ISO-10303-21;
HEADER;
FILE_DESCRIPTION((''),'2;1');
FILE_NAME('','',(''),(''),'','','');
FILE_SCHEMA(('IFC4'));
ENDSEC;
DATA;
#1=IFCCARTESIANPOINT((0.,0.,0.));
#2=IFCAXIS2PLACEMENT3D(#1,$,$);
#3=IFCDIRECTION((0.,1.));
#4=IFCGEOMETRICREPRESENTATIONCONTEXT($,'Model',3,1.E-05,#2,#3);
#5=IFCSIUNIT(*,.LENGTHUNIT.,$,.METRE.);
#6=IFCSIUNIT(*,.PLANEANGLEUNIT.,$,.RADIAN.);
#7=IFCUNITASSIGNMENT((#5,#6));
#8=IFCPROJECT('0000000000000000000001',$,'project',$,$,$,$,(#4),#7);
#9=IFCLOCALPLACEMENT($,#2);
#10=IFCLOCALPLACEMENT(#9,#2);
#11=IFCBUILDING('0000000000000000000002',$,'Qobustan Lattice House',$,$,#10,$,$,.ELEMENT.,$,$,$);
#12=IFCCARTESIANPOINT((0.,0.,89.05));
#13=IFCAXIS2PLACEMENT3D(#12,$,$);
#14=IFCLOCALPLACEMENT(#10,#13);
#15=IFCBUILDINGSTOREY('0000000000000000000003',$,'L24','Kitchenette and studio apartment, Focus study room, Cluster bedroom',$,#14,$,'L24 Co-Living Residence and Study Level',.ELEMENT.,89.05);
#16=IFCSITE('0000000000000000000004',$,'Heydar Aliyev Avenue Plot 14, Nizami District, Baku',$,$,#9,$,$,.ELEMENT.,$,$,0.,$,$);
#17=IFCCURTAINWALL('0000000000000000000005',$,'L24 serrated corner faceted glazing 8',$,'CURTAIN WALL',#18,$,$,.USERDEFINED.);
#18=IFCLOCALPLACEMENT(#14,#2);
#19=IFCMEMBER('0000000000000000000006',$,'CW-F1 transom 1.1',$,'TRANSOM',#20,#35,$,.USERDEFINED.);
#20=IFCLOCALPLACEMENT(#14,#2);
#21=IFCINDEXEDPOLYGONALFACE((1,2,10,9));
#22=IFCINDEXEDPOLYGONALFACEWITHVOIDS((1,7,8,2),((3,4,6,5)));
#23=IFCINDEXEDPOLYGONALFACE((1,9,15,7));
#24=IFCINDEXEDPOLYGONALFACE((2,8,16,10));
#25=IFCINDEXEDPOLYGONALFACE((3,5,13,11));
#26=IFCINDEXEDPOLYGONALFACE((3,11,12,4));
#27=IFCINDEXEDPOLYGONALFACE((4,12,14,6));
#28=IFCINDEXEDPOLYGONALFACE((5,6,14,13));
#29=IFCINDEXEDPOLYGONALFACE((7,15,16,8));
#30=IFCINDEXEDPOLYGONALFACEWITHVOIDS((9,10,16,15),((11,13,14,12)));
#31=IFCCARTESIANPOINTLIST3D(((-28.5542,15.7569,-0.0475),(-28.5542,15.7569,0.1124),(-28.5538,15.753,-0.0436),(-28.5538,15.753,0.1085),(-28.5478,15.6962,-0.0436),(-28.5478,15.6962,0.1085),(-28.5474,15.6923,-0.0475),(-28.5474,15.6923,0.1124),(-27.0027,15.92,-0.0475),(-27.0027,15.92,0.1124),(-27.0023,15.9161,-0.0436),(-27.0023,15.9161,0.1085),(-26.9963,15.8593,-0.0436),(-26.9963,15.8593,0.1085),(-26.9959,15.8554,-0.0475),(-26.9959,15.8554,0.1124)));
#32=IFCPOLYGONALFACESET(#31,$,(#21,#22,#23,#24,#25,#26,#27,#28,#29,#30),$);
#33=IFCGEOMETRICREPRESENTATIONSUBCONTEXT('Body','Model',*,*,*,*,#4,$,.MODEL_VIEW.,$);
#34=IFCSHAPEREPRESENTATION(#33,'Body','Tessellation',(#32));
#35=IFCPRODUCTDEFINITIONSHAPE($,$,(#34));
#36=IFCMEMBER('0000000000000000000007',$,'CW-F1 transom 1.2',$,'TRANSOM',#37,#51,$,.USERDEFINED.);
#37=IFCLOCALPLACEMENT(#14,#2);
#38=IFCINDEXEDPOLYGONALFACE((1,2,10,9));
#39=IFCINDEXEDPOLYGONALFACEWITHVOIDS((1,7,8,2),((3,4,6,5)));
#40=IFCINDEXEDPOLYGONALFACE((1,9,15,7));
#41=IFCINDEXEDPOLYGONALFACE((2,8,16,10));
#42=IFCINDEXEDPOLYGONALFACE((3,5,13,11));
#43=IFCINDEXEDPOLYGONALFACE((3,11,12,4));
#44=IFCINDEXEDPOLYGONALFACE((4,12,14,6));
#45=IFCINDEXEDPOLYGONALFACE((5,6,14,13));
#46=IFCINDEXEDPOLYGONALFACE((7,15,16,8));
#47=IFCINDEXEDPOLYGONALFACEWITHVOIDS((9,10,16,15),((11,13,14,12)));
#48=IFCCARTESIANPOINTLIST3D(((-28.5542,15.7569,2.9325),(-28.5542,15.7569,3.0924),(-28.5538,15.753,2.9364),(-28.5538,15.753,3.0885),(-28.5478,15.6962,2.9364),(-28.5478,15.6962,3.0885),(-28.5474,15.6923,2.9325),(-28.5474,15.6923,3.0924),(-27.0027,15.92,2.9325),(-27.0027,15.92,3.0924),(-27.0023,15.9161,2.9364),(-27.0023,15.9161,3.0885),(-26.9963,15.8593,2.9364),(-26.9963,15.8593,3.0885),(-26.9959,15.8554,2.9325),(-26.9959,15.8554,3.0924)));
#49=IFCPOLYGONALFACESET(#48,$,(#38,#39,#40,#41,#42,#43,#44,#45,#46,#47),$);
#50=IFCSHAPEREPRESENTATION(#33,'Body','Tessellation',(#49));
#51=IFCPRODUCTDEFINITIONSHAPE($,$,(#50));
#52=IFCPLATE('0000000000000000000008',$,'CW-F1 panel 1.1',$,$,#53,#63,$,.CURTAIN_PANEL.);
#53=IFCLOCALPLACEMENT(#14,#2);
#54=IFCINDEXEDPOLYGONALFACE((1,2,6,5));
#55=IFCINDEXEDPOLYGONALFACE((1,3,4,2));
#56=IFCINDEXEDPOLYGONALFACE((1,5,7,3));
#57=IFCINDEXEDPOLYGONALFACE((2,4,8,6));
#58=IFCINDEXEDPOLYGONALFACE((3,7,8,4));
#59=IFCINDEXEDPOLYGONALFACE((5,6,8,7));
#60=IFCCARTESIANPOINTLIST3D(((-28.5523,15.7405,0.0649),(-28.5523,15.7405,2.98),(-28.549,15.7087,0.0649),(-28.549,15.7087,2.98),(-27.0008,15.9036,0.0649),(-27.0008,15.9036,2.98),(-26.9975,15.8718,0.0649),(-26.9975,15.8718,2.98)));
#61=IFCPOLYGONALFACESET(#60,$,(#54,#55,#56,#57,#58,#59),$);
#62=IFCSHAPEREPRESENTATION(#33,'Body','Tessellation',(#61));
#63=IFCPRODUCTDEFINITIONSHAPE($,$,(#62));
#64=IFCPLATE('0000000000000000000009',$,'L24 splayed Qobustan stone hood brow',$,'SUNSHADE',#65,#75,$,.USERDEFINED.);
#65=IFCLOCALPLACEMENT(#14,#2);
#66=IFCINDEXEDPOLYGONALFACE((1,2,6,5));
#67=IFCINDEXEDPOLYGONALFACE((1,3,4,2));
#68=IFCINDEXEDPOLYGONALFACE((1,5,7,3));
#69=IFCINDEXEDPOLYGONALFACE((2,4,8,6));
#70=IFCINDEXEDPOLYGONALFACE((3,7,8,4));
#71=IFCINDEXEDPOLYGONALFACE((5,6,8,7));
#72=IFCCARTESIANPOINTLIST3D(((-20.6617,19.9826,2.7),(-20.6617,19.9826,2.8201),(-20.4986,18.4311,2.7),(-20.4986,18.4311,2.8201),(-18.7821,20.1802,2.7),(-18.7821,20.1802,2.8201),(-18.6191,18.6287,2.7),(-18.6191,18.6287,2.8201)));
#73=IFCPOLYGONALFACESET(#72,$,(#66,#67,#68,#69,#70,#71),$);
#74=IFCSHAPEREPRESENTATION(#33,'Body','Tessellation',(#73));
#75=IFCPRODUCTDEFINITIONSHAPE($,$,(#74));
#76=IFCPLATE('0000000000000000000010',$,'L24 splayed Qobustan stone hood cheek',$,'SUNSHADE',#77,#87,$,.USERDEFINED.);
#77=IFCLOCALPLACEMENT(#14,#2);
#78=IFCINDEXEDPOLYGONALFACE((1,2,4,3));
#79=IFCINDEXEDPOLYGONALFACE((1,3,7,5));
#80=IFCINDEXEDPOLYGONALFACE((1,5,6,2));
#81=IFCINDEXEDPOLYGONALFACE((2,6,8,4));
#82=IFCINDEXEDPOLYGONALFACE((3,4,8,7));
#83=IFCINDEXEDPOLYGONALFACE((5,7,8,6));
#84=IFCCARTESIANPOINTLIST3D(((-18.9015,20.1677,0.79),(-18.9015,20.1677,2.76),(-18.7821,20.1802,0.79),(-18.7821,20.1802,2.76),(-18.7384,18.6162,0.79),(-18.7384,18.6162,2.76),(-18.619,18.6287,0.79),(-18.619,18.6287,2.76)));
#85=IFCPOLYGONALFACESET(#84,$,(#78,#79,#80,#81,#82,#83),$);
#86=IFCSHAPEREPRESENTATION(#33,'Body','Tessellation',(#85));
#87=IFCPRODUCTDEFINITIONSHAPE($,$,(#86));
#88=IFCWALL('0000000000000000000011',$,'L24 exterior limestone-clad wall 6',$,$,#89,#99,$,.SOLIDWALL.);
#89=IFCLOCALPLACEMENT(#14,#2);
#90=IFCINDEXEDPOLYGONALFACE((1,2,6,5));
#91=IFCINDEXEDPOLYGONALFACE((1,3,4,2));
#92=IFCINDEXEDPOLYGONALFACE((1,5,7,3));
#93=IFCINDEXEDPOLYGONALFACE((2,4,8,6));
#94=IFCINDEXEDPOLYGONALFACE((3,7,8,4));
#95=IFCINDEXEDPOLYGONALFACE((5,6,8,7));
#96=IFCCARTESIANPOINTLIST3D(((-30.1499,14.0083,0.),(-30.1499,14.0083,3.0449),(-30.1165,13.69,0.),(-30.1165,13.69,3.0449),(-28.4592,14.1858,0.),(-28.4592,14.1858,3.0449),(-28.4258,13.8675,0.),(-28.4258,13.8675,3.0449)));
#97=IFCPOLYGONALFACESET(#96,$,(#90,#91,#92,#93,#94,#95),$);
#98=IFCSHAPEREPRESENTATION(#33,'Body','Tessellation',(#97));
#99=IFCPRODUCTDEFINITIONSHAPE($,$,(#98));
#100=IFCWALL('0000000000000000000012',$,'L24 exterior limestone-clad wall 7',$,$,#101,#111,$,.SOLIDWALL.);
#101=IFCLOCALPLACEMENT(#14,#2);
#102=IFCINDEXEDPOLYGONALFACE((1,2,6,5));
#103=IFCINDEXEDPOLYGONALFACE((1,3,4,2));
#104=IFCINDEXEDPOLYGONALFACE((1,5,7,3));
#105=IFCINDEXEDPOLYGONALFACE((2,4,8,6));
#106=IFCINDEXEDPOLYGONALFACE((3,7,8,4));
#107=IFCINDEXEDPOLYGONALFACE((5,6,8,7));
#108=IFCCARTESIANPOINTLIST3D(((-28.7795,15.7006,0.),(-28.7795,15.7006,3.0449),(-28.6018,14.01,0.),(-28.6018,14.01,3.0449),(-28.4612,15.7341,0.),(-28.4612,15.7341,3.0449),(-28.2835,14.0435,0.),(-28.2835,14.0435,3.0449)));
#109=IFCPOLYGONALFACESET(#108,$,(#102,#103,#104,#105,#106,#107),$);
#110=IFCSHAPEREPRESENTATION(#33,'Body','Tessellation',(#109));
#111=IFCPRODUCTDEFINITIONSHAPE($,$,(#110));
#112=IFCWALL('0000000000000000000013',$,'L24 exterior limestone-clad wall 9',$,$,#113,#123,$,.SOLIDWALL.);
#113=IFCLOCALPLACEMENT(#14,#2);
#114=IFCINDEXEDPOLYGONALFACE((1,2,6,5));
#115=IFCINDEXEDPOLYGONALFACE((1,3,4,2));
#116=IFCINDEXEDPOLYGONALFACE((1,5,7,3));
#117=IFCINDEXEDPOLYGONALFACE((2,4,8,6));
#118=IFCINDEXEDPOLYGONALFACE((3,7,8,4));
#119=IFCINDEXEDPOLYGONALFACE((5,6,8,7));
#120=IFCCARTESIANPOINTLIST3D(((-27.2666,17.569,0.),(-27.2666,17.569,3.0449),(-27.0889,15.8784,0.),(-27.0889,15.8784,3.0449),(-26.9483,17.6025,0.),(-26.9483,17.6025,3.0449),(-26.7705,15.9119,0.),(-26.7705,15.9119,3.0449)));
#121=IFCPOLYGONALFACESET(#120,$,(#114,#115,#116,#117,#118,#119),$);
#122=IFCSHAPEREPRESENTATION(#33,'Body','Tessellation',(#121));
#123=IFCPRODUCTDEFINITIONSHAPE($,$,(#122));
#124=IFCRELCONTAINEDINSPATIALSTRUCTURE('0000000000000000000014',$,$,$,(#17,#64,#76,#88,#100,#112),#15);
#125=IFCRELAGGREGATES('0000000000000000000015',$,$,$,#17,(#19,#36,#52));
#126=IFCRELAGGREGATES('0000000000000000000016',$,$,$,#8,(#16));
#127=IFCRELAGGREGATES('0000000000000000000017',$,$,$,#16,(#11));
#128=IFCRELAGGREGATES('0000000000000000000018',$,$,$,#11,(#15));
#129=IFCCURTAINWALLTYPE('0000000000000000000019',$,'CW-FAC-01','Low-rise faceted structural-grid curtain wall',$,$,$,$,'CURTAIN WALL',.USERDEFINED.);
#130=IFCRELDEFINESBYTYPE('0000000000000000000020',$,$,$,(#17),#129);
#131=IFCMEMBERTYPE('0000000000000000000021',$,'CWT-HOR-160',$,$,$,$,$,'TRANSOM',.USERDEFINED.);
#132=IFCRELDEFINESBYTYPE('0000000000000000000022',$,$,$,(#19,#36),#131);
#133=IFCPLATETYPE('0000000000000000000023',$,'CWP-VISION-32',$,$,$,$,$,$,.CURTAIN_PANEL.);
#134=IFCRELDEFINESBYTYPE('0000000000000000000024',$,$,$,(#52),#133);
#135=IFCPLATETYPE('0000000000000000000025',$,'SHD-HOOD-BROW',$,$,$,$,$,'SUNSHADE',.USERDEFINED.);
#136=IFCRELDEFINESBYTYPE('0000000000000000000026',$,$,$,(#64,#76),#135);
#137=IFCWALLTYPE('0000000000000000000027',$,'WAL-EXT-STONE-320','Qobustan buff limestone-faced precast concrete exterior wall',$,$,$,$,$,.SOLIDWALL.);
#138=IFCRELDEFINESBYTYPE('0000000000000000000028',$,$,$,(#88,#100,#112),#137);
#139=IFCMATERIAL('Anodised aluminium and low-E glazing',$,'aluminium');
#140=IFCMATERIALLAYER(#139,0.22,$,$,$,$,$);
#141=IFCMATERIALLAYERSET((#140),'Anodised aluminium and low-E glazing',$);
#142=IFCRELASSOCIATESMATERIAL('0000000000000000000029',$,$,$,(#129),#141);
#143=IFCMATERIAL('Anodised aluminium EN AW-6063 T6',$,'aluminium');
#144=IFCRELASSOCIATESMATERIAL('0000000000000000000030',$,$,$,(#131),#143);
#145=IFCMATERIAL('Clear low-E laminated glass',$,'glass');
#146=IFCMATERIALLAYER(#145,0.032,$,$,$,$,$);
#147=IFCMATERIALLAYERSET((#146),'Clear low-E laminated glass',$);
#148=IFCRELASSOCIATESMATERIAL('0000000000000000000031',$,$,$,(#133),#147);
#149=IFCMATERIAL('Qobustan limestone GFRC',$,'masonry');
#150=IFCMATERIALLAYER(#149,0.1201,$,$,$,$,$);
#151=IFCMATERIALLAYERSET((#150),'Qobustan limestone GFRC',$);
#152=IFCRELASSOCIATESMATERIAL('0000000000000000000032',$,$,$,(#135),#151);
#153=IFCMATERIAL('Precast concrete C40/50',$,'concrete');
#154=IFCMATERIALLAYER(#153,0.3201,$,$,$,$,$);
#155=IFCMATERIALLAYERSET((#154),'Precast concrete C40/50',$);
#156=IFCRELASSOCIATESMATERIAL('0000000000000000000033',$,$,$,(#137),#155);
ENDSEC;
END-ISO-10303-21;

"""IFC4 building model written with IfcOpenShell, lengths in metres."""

from ifc_helpers import new_model, si_unit, direction, frame, frame_2d, origin, origin_2d, place, context, subcontext, project, spatial, rectangle, hollow_rectangle, extrude, material, layer, layer_set, material_profile, profile_set, type_object, element, aggregate, save


model = new_model("IFC4")

# Units and contexts
model_context = context("Model", 3, precision=1e-05, world=origin(), true_north=direction((0.0, 1.0)))
body_context = subcontext(model_context, "Body", "Model", "MODEL_VIEW")
ifc_project = project(units=[si_unit("LENGTHUNIT", "METRE"), si_unit("PLANEANGLEUNIT", "RADIAN")], contexts=[model_context])

# Site, building, storey
site_placement = place(None, origin())
site = spatial("IfcSite", under=ifc_project, at=site_placement, Name="Heydar Aliyev Avenue Plot 14, Nizami District, Baku", CompositionType="ELEMENT", RefElevation=0.0)
building_placement = place(site_placement, origin())
building = spatial("IfcBuilding", under=site, at=building_placement, Name="Qobustan Lattice House", CompositionType="ELEMENT")
storey_placement = place(building_placement, frame((0.0, 0.0, 89.05)))
storey = spatial("IfcBuildingStorey", under=building, at=storey_placement, Name="L24", Description="Kitchenette and studio apartment, Focus study room, Cluster bedroom", LongName="L24 Co-Living Residence and Study Level", CompositionType="ELEMENT", Elevation=89.05)

# Curtain wall, members, plate
ifc_material_1 = material(Name="Anodised aluminium and low-E glazing", Category="aluminium")
ifc_layer_1 = layer(ifc_material_1, 0.22)
ifc_layer_set_1 = layer_set([ifc_layer_1], Name="Anodised aluminium and low-E glazing")
curtain_wall_type = type_object("IfcCurtainWallType", Name="CW-FAC-01", Description="Low-rise faceted structural-grid curtain wall", ElementType="CURTAIN WALL", PredefinedType="USERDEFINED", material=ifc_layer_set_1)
curtain_wall_placement = place(storey_placement, origin())
curtain_wall = element("IfcCurtainWall", 1, at=curtain_wall_placement, inside=storey, type_object=curtain_wall_type, Name="L24 serrated corner faceted glazing 8", ObjectType="CURTAIN WALL", PredefinedType="USERDEFINED")
ifc_material_2 = material(Name="Anodised aluminium EN AW-6063 T6", Category="aluminium")
ifc_material_profile_1 = material_profile(ifc_material_2, hollow_rectangle(XDim=0.0649, YDim=0.1599, WallThickness=0.0039, at=origin_2d()), Name="CWT-160x65")
ifc_profile_set_1 = profile_set([ifc_material_profile_1], Name="Anodised aluminium EN AW-6063 T6")
member_type_1 = type_object("IfcMemberType", Name="CWT-HOR-160", ElementType="TRANSOM", PredefinedType="USERDEFINED", material=ifc_profile_set_1)
member_1_placement = place(storey_placement, frame((-28.5508, 15.7246, 0.0325), z_axis=(0.994521, 0.104538, 0.0), x_axis=(-0.104538, 0.994521, 0.0)))
member_1 = element("IfcMember", 2, at=member_1_placement, type_object=member_type_1, Name="CW-F1 transom 1.1", ObjectType="TRANSOM", PredefinedType="USERDEFINED", context=body_context, shape_type="SweptSolid", body=[
    extrude(hollow_rectangle(XDim=0.0649, YDim=0.1599, WallThickness=0.0039, at=origin_2d()), origin(), (0.0, 0.0, 1.0), 1.5601),
])
member_2_placement = place(storey_placement, frame((-28.5508, 15.7246, 3.0125), z_axis=(0.994521, 0.104538, 0.0), x_axis=(-0.104538, 0.994521, 0.0)))
member_2 = element("IfcMember", 3, at=member_2_placement, type_object=member_type_1, Name="CW-F1 transom 1.2", ObjectType="TRANSOM", PredefinedType="USERDEFINED", context=body_context, shape_type="SweptSolid", body=[
    extrude(hollow_rectangle(XDim=0.0649, YDim=0.1599, WallThickness=0.0039, at=origin_2d()), origin(), (0.0, 0.0, 1.0), 1.5601),
])
ifc_material_3 = material(Name="Clear low-E laminated glass", Category="glass")
ifc_layer_2 = layer(ifc_material_3, 0.032)
ifc_layer_set_2 = layer_set([ifc_layer_2], Name="Clear low-E laminated glass")
plate_type_1 = type_object("IfcPlateType", Name="CWP-VISION-32", PredefinedType="CURTAIN_PANEL", material=ifc_layer_set_2)
plate_1_placement = place(storey_placement, frame((-27.7749, 15.8062, 0.0649), z_axis=(0.0, 0.0, 1.0), x_axis=(0.994522, 0.104529, 0.0)))
plate_1 = element("IfcPlate", 4, at=plate_1_placement, type_object=plate_type_1, Name="CW-F1 panel 1.1", PredefinedType="CURTAIN_PANEL", context=body_context, shape_type="SweptSolid", body=[
    extrude(rectangle(XDim=1.5601, YDim=0.032, at=origin_2d()), origin(), (0.0, 0.0, 1.0), 2.915),
])
aggregate(curtain_wall, [member_1, member_2, plate_1])

# Plates
ifc_material_4 = material(Name="Qobustan limestone GFRC", Category="masonry")
ifc_layer_3 = layer(ifc_material_4, 0.1201)
ifc_layer_set_3 = layer_set([ifc_layer_3], Name="Qobustan limestone GFRC")
plate_type_2 = type_object("IfcPlateType", Name="SHD-HOOD-BROW", ElementType="SUNSHADE", PredefinedType="USERDEFINED", material=ifc_layer_set_3)
plate_2_placement = place(storey_placement, frame((-19.6404, 19.3057, 2.7), z_axis=(0.0, 0.0, 1.0), x_axis=(0.994522, 0.104528, 0.0)))
element("IfcPlate", 5, at=plate_2_placement, inside=storey, type_object=plate_type_2, Name="L24 splayed Qobustan stone hood brow", ObjectType="SUNSHADE", PredefinedType="USERDEFINED", context=body_context, shape_type="SweptSolid", body=[
    extrude(rectangle(XDim=1.8899, YDim=1.5601, at=origin_2d()), origin(), (0.0, 0.0, 1.0), 0.1201),
])
plate_3_placement = place(storey_placement, frame((-18.7603, 19.3982, 0.79), z_axis=(0.0, 0.0, 1.0), x_axis=(0.994522, 0.104528, 0.0)))
element("IfcPlate", 6, at=plate_3_placement, inside=storey, type_object=plate_type_2, Name="L24 splayed Qobustan stone hood cheek", ObjectType="SUNSHADE", PredefinedType="USERDEFINED", context=body_context, shape_type="SweptSolid", body=[
    extrude(rectangle(XDim=0.1201, YDim=1.5601, at=origin_2d()), origin(), (0.0, 0.0, 1.0), 1.97),
])

# Walls
ifc_material_5 = material(Name="Precast concrete C40/50", Category="concrete")
ifc_layer_4 = layer(ifc_material_5, 0.3201)
ifc_layer_set_4 = layer_set([ifc_layer_4], Name="Precast concrete C40/50")
wall_type = type_object("IfcWallType", Name="WAL-EXT-STONE-320", Description="Qobustan buff limestone-faced precast concrete exterior wall", PredefinedType="SOLIDWALL", material=ifc_layer_set_4)
for number, where, z_axis, x_axis, name in (
    (7, (-30.1333, 13.8491, 0.0), (0.0, 0.0, 1.0), (0.994535, 0.104408, 0.0), "L24 exterior limestone-clad wall 6"),
    (8, (-28.4426, 14.0266, 0.0), (0.0, 0.0, 1.0), (-0.10455, 0.99452, 0.0), "L24 exterior limestone-clad wall 7"),
    (9, (-26.9297, 15.895, 0.0), (0.0, 0.0, 1.0), (-0.10455, 0.99452, 0.0), "L24 exterior limestone-clad wall 9"),
):
    element("IfcWall", number, at=place(storey_placement, frame(where, z_axis=z_axis, x_axis=x_axis)), inside=storey, type_object=wall_type, Name=name, PredefinedType="SOLIDWALL", context=body_context, shape_type="SweptSolid", body=[
        extrude(rectangle(XDim=1.7, YDim=0.3201, at=frame_2d((0.8501, 0.0))), origin(), (0.0, 0.0, 1.0), 3.0449),
    ])

save(model, "model.ifc")
